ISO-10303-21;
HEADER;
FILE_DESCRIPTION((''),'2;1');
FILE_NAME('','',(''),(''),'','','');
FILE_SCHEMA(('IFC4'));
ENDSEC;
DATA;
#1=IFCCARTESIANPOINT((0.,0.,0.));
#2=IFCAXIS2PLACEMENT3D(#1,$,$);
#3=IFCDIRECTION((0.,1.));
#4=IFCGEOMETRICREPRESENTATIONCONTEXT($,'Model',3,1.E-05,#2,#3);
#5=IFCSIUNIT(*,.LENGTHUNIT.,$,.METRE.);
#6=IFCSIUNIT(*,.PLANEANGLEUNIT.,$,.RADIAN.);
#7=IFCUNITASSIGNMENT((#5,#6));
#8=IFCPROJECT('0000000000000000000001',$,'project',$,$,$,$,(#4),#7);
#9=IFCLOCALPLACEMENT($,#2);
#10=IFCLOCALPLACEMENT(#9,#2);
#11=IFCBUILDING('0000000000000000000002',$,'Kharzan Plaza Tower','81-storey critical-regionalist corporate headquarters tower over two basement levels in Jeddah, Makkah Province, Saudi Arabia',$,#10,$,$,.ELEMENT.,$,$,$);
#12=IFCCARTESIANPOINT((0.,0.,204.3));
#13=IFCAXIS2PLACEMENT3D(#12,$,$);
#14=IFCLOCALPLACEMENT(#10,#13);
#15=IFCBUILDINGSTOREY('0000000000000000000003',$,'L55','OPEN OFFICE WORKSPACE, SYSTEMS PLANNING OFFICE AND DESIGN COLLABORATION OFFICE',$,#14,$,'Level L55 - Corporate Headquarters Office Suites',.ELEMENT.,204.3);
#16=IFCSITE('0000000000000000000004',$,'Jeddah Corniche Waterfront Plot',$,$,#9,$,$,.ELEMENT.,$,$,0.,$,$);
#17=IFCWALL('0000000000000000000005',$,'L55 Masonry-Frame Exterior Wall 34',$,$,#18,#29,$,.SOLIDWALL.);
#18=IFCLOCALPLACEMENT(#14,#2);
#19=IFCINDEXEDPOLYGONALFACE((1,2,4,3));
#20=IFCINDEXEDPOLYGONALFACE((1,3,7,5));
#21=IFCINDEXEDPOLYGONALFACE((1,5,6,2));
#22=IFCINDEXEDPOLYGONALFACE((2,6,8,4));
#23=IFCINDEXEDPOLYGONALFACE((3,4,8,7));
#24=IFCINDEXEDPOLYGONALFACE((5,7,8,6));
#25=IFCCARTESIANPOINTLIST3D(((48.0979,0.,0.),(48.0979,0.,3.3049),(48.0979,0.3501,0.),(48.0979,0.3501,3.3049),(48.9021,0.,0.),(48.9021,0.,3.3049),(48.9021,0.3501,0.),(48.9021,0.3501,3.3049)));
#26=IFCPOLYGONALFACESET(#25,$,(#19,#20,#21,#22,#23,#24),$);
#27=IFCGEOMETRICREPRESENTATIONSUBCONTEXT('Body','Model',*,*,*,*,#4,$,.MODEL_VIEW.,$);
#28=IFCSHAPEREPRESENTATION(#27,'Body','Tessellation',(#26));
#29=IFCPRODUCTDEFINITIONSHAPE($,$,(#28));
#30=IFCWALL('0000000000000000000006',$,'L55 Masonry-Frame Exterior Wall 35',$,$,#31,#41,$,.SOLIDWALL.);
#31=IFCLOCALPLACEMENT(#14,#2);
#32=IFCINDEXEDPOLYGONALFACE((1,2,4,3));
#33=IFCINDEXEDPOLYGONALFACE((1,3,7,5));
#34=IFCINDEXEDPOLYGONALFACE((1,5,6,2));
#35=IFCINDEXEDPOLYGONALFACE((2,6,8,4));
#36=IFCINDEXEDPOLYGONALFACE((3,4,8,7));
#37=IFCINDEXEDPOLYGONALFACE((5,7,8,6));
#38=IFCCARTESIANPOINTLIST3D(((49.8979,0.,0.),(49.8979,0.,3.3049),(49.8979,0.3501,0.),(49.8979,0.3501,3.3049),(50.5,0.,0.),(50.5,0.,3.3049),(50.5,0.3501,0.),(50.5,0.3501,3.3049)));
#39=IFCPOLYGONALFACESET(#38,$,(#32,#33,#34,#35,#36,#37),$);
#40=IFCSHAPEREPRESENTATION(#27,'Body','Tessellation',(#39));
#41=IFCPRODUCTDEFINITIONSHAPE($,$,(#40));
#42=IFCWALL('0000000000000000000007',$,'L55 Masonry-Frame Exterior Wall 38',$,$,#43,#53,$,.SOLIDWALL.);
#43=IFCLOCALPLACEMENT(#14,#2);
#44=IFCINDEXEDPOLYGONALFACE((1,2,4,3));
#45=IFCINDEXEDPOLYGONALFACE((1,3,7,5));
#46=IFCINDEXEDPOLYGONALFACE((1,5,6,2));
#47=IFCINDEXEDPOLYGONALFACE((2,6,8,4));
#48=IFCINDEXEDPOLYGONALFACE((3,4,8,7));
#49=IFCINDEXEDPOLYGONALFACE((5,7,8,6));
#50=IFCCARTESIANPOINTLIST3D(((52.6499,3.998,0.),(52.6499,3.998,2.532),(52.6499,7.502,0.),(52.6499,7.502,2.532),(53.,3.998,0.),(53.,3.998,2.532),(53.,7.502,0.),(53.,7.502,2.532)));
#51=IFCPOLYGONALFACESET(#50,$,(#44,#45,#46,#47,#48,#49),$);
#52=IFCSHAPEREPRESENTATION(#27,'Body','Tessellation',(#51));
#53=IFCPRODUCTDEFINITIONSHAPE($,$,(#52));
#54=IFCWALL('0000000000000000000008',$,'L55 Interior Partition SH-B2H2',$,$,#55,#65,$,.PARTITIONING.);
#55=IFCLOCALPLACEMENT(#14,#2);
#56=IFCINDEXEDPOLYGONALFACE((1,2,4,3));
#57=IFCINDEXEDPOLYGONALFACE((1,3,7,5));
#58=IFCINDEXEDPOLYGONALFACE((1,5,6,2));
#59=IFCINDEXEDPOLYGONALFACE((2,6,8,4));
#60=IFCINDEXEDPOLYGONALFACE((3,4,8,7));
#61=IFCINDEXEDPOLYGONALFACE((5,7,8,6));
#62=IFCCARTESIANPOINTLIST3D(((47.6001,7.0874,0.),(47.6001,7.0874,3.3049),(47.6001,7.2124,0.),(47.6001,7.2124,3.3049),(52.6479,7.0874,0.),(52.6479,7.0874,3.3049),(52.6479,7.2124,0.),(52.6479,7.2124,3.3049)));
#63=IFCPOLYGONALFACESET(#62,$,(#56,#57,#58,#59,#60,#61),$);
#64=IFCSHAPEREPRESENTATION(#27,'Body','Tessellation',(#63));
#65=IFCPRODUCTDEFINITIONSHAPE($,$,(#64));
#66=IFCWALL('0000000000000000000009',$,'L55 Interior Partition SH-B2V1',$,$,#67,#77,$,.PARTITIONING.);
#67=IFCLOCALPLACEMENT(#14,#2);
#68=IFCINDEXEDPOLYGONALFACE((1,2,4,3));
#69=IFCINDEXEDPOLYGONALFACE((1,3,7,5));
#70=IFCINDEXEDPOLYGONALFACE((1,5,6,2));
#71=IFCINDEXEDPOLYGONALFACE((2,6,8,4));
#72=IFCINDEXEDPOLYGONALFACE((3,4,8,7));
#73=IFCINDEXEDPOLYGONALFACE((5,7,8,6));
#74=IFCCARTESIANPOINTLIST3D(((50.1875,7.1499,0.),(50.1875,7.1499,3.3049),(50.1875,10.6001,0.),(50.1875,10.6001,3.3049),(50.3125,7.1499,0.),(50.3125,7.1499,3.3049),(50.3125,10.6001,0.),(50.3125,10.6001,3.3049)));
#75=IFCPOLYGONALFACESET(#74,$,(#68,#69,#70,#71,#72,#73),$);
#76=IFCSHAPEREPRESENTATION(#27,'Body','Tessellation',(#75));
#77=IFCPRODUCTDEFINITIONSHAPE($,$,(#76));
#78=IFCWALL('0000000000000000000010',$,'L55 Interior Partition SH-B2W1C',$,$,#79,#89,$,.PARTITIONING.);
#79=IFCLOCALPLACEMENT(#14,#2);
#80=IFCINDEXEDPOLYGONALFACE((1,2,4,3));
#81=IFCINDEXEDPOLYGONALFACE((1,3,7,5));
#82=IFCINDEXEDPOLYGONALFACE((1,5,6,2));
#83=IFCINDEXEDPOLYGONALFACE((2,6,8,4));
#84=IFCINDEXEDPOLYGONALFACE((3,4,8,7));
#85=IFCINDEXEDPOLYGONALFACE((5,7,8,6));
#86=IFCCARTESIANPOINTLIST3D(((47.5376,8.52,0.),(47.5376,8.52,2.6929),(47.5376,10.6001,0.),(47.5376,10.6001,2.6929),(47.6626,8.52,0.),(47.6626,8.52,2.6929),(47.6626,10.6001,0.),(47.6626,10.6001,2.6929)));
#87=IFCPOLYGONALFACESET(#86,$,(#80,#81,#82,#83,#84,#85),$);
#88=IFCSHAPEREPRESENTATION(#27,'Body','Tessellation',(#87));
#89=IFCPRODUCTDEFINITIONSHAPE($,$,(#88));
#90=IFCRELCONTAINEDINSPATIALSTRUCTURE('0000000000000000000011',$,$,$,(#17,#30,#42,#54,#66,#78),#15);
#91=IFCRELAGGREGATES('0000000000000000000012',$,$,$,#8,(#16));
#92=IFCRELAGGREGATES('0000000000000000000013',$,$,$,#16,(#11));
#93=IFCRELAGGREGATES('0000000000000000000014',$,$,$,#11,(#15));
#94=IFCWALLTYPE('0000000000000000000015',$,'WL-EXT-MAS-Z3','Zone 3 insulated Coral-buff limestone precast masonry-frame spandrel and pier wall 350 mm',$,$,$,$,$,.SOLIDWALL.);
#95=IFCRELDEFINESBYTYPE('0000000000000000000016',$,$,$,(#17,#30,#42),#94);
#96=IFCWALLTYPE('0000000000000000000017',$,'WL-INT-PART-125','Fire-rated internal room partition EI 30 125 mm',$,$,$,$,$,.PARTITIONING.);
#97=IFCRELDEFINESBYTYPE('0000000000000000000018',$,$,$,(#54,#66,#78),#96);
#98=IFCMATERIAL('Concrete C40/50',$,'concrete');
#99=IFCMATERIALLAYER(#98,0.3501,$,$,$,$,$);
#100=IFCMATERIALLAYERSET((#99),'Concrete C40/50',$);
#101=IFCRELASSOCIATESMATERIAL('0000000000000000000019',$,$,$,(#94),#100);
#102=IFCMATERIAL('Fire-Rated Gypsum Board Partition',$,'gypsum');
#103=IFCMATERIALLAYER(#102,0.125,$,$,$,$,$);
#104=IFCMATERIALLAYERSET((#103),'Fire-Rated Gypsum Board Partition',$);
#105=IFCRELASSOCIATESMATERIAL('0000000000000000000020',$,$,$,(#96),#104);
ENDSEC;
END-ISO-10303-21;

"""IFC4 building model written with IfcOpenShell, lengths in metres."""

from ifc_helpers import new_model, si_unit, direction, frame, frame_2d, origin, place, context, subcontext, project, spatial, rectangle, extrude, source, transform, mapped, material, layer, layer_set, type_object, element, save


model = new_model("IFC4")

# Units and contexts
model_context = context("Model", 3, precision=1e-05, world=origin(), true_north=direction((0.0, 1.0)))
body_context = subcontext(model_context, "Body", "Model", "MODEL_VIEW")
ifc_project = project(units=[si_unit("LENGTHUNIT", "METRE"), si_unit("PLANEANGLEUNIT", "RADIAN")], contexts=[model_context])

# Site, building, storey
site_placement = place(None, origin())
site = spatial("IfcSite", under=ifc_project, at=site_placement, Name="Jeddah Corniche Waterfront Plot", CompositionType="ELEMENT", RefElevation=0.0)
building_placement = place(site_placement, origin())
building = spatial("IfcBuilding", under=site, at=building_placement, Name="Kharzan Plaza Tower", Description="81-storey critical-regionalist corporate headquarters tower over two basement levels in Jeddah, Makkah Province, Saudi Arabia", CompositionType="ELEMENT")
storey_placement = place(building_placement, frame((0.0, 0.0, 204.3)))
storey = spatial("IfcBuildingStorey", under=building, at=storey_placement, Name="L55", Description="OPEN OFFICE WORKSPACE, SYSTEMS PLANNING OFFICE AND DESIGN COLLABORATION OFFICE", LongName="Level L55 - Corporate Headquarters Office Suites", CompositionType="ELEMENT", Elevation=204.3)

# Shared definitions
ifc_material_1 = material(Name="Concrete C40/50", Category="concrete")
ifc_layer_1 = layer(ifc_material_1, 0.3501)
ifc_layer_set_1 = layer_set([ifc_layer_1], Name="Concrete C40/50")
wall_type_1 = type_object("IfcWallType", Name="WL-EXT-MAS-Z3", Description="Zone 3 insulated Coral-buff limestone precast masonry-frame spandrel and pier wall 350 mm", PredefinedType="SOLIDWALL", material=ifc_layer_set_1)

# Walls
shared_shape_1 = source(origin(), body_context, "Body", "SweptSolid", [
    extrude(rectangle(XDim=0.8042, YDim=0.3501, at=frame_2d((0.4021, 0.0))), origin(), (0.0, 0.0, 1.0), 3.3049),
])
wall_1_placement = place(storey_placement, frame((48.0979, 0.175, 0.0), z_axis=(0.0, 0.0, 1.0), x_axis=(1.0, 0.0, 0.0)))
element("IfcWall", 1, at=wall_1_placement, inside=storey, type_object=wall_type_1, Name="L55 Masonry-Frame Exterior Wall 34", PredefinedType="SOLIDWALL", context=body_context, shape_type="MappedRepresentation", body=[
    mapped(shared_shape_1, transform((0.0, 0.0, 0.0), x_axis=(1.0, 0.0, 0.0), y_axis=(0.0, 1.0, 0.0), z_axis=(0.0, 0.0, 1.0))),
])
shared_shape_2 = source(origin(), body_context, "Body", "SweptSolid", [
    extrude(rectangle(XDim=0.6021, YDim=0.3501, at=frame_2d((0.301, 0.0))), origin(), (0.0, 0.0, 1.0), 3.3049),
])
wall_2_placement = place(storey_placement, frame((49.8979, 0.175, 0.0), z_axis=(0.0, 0.0, 1.0), x_axis=(1.0, 0.0, 0.0)))
element("IfcWall", 2, at=wall_2_placement, inside=storey, type_object=wall_type_1, Name="L55 Masonry-Frame Exterior Wall 35", PredefinedType="SOLIDWALL", context=body_context, shape_type="MappedRepresentation", body=[
    mapped(shared_shape_2, transform((0.0, 0.0, 0.0), x_axis=(1.0, 0.0, 0.0), y_axis=(0.0, 1.0, 0.0), z_axis=(0.0, 0.0, 1.0))),
])
shared_shape_3 = source(origin(), body_context, "Body", "SweptSolid", [
    extrude(rectangle(XDim=3.5039, YDim=0.3501, at=frame_2d((1.752, 0.0))), origin(), (0.0, 0.0, 1.0), 2.532),
])
wall_3_placement = place(storey_placement, frame((52.825, 3.998, 0.0), z_axis=(0.0, 0.0, 1.0), x_axis=(0.0, 1.0, 0.0)))
element("IfcWall", 3, at=wall_3_placement, inside=storey, type_object=wall_type_1, Name="L55 Masonry-Frame Exterior Wall 38", PredefinedType="SOLIDWALL", context=body_context, shape_type="MappedRepresentation", body=[
    mapped(shared_shape_3, transform((0.0, 0.0, 0.0), x_axis=(1.0, 0.0, 0.0), y_axis=(0.0, 1.0, 0.0), z_axis=(0.0, 0.0, 1.0))),
])
ifc_material_2 = material(Name="Fire-Rated Gypsum Board Partition", Category="gypsum")
ifc_layer_2 = layer(ifc_material_2, 0.125)
ifc_layer_set_2 = layer_set([ifc_layer_2], Name="Fire-Rated Gypsum Board Partition")
wall_type_2 = type_object("IfcWallType", Name="WL-INT-PART-125", Description="Fire-rated internal room partition EI 30 125 mm", PredefinedType="PARTITIONING", material=ifc_layer_set_2)
shared_shape_4 = source(origin(), body_context, "Body", "SweptSolid", [
    extrude(rectangle(XDim=5.0479, YDim=0.125, at=frame_2d((2.5239, 0.0))), origin(), (0.0, 0.0, 1.0), 3.3049),
])
wall_4_placement = place(storey_placement, frame((47.6001, 7.1499, 0.0), z_axis=(0.0, 0.0, 1.0), x_axis=(1.0, 0.0, 0.0)))
element("IfcWall", 4, at=wall_4_placement, inside=storey, type_object=wall_type_2, Name="L55 Interior Partition SH-B2H2", PredefinedType="PARTITIONING", context=body_context, shape_type="MappedRepresentation", body=[
    mapped(shared_shape_4, transform((0.0, 0.0, 0.0), x_axis=(1.0, 0.0, 0.0), y_axis=(0.0, 1.0, 0.0), z_axis=(0.0, 0.0, 1.0))),
])
shared_shape_5 = source(origin(), body_context, "Body", "SweptSolid", [
    extrude(rectangle(XDim=3.4502, YDim=0.125, at=frame_2d((1.7251, 0.0))), origin(), (0.0, 0.0, 1.0), 3.3049),
])
wall_5_placement = place(storey_placement, frame((50.25, 7.1499, 0.0), z_axis=(0.0, 0.0, 1.0), x_axis=(0.0, 1.0, 0.0)))
element("IfcWall", 5, at=wall_5_placement, inside=storey, type_object=wall_type_2, Name="L55 Interior Partition SH-B2V1", PredefinedType="PARTITIONING", context=body_context, shape_type="MappedRepresentation", body=[
    mapped(shared_shape_5, transform((0.0, 0.0, 0.0), x_axis=(1.0, 0.0, 0.0), y_axis=(0.0, 1.0, 0.0), z_axis=(0.0, 0.0, 1.0))),
])
shared_shape_6 = source(origin(), body_context, "Body", "SweptSolid", [
    extrude(rectangle(XDim=2.0801, YDim=0.125, at=frame_2d((1.04, 0.0))), origin(), (0.0, 0.0, 1.0), 2.6929),
])
wall_6_placement = place(storey_placement, frame((47.6001, 8.52, 0.0), z_axis=(0.0, 0.0, 1.0), x_axis=(0.0, 1.0, 0.0)))
element("IfcWall", 6, at=wall_6_placement, inside=storey, type_object=wall_type_2, Name="L55 Interior Partition SH-B2W1C", PredefinedType="PARTITIONING", context=body_context, shape_type="MappedRepresentation", body=[
    mapped(shared_shape_6, transform((0.0, 0.0, 0.0), x_axis=(1.0, 0.0, 0.0), y_axis=(0.0, 1.0, 0.0), z_axis=(0.0, 0.0, 1.0))),
])

save(model, "model.ifc")
